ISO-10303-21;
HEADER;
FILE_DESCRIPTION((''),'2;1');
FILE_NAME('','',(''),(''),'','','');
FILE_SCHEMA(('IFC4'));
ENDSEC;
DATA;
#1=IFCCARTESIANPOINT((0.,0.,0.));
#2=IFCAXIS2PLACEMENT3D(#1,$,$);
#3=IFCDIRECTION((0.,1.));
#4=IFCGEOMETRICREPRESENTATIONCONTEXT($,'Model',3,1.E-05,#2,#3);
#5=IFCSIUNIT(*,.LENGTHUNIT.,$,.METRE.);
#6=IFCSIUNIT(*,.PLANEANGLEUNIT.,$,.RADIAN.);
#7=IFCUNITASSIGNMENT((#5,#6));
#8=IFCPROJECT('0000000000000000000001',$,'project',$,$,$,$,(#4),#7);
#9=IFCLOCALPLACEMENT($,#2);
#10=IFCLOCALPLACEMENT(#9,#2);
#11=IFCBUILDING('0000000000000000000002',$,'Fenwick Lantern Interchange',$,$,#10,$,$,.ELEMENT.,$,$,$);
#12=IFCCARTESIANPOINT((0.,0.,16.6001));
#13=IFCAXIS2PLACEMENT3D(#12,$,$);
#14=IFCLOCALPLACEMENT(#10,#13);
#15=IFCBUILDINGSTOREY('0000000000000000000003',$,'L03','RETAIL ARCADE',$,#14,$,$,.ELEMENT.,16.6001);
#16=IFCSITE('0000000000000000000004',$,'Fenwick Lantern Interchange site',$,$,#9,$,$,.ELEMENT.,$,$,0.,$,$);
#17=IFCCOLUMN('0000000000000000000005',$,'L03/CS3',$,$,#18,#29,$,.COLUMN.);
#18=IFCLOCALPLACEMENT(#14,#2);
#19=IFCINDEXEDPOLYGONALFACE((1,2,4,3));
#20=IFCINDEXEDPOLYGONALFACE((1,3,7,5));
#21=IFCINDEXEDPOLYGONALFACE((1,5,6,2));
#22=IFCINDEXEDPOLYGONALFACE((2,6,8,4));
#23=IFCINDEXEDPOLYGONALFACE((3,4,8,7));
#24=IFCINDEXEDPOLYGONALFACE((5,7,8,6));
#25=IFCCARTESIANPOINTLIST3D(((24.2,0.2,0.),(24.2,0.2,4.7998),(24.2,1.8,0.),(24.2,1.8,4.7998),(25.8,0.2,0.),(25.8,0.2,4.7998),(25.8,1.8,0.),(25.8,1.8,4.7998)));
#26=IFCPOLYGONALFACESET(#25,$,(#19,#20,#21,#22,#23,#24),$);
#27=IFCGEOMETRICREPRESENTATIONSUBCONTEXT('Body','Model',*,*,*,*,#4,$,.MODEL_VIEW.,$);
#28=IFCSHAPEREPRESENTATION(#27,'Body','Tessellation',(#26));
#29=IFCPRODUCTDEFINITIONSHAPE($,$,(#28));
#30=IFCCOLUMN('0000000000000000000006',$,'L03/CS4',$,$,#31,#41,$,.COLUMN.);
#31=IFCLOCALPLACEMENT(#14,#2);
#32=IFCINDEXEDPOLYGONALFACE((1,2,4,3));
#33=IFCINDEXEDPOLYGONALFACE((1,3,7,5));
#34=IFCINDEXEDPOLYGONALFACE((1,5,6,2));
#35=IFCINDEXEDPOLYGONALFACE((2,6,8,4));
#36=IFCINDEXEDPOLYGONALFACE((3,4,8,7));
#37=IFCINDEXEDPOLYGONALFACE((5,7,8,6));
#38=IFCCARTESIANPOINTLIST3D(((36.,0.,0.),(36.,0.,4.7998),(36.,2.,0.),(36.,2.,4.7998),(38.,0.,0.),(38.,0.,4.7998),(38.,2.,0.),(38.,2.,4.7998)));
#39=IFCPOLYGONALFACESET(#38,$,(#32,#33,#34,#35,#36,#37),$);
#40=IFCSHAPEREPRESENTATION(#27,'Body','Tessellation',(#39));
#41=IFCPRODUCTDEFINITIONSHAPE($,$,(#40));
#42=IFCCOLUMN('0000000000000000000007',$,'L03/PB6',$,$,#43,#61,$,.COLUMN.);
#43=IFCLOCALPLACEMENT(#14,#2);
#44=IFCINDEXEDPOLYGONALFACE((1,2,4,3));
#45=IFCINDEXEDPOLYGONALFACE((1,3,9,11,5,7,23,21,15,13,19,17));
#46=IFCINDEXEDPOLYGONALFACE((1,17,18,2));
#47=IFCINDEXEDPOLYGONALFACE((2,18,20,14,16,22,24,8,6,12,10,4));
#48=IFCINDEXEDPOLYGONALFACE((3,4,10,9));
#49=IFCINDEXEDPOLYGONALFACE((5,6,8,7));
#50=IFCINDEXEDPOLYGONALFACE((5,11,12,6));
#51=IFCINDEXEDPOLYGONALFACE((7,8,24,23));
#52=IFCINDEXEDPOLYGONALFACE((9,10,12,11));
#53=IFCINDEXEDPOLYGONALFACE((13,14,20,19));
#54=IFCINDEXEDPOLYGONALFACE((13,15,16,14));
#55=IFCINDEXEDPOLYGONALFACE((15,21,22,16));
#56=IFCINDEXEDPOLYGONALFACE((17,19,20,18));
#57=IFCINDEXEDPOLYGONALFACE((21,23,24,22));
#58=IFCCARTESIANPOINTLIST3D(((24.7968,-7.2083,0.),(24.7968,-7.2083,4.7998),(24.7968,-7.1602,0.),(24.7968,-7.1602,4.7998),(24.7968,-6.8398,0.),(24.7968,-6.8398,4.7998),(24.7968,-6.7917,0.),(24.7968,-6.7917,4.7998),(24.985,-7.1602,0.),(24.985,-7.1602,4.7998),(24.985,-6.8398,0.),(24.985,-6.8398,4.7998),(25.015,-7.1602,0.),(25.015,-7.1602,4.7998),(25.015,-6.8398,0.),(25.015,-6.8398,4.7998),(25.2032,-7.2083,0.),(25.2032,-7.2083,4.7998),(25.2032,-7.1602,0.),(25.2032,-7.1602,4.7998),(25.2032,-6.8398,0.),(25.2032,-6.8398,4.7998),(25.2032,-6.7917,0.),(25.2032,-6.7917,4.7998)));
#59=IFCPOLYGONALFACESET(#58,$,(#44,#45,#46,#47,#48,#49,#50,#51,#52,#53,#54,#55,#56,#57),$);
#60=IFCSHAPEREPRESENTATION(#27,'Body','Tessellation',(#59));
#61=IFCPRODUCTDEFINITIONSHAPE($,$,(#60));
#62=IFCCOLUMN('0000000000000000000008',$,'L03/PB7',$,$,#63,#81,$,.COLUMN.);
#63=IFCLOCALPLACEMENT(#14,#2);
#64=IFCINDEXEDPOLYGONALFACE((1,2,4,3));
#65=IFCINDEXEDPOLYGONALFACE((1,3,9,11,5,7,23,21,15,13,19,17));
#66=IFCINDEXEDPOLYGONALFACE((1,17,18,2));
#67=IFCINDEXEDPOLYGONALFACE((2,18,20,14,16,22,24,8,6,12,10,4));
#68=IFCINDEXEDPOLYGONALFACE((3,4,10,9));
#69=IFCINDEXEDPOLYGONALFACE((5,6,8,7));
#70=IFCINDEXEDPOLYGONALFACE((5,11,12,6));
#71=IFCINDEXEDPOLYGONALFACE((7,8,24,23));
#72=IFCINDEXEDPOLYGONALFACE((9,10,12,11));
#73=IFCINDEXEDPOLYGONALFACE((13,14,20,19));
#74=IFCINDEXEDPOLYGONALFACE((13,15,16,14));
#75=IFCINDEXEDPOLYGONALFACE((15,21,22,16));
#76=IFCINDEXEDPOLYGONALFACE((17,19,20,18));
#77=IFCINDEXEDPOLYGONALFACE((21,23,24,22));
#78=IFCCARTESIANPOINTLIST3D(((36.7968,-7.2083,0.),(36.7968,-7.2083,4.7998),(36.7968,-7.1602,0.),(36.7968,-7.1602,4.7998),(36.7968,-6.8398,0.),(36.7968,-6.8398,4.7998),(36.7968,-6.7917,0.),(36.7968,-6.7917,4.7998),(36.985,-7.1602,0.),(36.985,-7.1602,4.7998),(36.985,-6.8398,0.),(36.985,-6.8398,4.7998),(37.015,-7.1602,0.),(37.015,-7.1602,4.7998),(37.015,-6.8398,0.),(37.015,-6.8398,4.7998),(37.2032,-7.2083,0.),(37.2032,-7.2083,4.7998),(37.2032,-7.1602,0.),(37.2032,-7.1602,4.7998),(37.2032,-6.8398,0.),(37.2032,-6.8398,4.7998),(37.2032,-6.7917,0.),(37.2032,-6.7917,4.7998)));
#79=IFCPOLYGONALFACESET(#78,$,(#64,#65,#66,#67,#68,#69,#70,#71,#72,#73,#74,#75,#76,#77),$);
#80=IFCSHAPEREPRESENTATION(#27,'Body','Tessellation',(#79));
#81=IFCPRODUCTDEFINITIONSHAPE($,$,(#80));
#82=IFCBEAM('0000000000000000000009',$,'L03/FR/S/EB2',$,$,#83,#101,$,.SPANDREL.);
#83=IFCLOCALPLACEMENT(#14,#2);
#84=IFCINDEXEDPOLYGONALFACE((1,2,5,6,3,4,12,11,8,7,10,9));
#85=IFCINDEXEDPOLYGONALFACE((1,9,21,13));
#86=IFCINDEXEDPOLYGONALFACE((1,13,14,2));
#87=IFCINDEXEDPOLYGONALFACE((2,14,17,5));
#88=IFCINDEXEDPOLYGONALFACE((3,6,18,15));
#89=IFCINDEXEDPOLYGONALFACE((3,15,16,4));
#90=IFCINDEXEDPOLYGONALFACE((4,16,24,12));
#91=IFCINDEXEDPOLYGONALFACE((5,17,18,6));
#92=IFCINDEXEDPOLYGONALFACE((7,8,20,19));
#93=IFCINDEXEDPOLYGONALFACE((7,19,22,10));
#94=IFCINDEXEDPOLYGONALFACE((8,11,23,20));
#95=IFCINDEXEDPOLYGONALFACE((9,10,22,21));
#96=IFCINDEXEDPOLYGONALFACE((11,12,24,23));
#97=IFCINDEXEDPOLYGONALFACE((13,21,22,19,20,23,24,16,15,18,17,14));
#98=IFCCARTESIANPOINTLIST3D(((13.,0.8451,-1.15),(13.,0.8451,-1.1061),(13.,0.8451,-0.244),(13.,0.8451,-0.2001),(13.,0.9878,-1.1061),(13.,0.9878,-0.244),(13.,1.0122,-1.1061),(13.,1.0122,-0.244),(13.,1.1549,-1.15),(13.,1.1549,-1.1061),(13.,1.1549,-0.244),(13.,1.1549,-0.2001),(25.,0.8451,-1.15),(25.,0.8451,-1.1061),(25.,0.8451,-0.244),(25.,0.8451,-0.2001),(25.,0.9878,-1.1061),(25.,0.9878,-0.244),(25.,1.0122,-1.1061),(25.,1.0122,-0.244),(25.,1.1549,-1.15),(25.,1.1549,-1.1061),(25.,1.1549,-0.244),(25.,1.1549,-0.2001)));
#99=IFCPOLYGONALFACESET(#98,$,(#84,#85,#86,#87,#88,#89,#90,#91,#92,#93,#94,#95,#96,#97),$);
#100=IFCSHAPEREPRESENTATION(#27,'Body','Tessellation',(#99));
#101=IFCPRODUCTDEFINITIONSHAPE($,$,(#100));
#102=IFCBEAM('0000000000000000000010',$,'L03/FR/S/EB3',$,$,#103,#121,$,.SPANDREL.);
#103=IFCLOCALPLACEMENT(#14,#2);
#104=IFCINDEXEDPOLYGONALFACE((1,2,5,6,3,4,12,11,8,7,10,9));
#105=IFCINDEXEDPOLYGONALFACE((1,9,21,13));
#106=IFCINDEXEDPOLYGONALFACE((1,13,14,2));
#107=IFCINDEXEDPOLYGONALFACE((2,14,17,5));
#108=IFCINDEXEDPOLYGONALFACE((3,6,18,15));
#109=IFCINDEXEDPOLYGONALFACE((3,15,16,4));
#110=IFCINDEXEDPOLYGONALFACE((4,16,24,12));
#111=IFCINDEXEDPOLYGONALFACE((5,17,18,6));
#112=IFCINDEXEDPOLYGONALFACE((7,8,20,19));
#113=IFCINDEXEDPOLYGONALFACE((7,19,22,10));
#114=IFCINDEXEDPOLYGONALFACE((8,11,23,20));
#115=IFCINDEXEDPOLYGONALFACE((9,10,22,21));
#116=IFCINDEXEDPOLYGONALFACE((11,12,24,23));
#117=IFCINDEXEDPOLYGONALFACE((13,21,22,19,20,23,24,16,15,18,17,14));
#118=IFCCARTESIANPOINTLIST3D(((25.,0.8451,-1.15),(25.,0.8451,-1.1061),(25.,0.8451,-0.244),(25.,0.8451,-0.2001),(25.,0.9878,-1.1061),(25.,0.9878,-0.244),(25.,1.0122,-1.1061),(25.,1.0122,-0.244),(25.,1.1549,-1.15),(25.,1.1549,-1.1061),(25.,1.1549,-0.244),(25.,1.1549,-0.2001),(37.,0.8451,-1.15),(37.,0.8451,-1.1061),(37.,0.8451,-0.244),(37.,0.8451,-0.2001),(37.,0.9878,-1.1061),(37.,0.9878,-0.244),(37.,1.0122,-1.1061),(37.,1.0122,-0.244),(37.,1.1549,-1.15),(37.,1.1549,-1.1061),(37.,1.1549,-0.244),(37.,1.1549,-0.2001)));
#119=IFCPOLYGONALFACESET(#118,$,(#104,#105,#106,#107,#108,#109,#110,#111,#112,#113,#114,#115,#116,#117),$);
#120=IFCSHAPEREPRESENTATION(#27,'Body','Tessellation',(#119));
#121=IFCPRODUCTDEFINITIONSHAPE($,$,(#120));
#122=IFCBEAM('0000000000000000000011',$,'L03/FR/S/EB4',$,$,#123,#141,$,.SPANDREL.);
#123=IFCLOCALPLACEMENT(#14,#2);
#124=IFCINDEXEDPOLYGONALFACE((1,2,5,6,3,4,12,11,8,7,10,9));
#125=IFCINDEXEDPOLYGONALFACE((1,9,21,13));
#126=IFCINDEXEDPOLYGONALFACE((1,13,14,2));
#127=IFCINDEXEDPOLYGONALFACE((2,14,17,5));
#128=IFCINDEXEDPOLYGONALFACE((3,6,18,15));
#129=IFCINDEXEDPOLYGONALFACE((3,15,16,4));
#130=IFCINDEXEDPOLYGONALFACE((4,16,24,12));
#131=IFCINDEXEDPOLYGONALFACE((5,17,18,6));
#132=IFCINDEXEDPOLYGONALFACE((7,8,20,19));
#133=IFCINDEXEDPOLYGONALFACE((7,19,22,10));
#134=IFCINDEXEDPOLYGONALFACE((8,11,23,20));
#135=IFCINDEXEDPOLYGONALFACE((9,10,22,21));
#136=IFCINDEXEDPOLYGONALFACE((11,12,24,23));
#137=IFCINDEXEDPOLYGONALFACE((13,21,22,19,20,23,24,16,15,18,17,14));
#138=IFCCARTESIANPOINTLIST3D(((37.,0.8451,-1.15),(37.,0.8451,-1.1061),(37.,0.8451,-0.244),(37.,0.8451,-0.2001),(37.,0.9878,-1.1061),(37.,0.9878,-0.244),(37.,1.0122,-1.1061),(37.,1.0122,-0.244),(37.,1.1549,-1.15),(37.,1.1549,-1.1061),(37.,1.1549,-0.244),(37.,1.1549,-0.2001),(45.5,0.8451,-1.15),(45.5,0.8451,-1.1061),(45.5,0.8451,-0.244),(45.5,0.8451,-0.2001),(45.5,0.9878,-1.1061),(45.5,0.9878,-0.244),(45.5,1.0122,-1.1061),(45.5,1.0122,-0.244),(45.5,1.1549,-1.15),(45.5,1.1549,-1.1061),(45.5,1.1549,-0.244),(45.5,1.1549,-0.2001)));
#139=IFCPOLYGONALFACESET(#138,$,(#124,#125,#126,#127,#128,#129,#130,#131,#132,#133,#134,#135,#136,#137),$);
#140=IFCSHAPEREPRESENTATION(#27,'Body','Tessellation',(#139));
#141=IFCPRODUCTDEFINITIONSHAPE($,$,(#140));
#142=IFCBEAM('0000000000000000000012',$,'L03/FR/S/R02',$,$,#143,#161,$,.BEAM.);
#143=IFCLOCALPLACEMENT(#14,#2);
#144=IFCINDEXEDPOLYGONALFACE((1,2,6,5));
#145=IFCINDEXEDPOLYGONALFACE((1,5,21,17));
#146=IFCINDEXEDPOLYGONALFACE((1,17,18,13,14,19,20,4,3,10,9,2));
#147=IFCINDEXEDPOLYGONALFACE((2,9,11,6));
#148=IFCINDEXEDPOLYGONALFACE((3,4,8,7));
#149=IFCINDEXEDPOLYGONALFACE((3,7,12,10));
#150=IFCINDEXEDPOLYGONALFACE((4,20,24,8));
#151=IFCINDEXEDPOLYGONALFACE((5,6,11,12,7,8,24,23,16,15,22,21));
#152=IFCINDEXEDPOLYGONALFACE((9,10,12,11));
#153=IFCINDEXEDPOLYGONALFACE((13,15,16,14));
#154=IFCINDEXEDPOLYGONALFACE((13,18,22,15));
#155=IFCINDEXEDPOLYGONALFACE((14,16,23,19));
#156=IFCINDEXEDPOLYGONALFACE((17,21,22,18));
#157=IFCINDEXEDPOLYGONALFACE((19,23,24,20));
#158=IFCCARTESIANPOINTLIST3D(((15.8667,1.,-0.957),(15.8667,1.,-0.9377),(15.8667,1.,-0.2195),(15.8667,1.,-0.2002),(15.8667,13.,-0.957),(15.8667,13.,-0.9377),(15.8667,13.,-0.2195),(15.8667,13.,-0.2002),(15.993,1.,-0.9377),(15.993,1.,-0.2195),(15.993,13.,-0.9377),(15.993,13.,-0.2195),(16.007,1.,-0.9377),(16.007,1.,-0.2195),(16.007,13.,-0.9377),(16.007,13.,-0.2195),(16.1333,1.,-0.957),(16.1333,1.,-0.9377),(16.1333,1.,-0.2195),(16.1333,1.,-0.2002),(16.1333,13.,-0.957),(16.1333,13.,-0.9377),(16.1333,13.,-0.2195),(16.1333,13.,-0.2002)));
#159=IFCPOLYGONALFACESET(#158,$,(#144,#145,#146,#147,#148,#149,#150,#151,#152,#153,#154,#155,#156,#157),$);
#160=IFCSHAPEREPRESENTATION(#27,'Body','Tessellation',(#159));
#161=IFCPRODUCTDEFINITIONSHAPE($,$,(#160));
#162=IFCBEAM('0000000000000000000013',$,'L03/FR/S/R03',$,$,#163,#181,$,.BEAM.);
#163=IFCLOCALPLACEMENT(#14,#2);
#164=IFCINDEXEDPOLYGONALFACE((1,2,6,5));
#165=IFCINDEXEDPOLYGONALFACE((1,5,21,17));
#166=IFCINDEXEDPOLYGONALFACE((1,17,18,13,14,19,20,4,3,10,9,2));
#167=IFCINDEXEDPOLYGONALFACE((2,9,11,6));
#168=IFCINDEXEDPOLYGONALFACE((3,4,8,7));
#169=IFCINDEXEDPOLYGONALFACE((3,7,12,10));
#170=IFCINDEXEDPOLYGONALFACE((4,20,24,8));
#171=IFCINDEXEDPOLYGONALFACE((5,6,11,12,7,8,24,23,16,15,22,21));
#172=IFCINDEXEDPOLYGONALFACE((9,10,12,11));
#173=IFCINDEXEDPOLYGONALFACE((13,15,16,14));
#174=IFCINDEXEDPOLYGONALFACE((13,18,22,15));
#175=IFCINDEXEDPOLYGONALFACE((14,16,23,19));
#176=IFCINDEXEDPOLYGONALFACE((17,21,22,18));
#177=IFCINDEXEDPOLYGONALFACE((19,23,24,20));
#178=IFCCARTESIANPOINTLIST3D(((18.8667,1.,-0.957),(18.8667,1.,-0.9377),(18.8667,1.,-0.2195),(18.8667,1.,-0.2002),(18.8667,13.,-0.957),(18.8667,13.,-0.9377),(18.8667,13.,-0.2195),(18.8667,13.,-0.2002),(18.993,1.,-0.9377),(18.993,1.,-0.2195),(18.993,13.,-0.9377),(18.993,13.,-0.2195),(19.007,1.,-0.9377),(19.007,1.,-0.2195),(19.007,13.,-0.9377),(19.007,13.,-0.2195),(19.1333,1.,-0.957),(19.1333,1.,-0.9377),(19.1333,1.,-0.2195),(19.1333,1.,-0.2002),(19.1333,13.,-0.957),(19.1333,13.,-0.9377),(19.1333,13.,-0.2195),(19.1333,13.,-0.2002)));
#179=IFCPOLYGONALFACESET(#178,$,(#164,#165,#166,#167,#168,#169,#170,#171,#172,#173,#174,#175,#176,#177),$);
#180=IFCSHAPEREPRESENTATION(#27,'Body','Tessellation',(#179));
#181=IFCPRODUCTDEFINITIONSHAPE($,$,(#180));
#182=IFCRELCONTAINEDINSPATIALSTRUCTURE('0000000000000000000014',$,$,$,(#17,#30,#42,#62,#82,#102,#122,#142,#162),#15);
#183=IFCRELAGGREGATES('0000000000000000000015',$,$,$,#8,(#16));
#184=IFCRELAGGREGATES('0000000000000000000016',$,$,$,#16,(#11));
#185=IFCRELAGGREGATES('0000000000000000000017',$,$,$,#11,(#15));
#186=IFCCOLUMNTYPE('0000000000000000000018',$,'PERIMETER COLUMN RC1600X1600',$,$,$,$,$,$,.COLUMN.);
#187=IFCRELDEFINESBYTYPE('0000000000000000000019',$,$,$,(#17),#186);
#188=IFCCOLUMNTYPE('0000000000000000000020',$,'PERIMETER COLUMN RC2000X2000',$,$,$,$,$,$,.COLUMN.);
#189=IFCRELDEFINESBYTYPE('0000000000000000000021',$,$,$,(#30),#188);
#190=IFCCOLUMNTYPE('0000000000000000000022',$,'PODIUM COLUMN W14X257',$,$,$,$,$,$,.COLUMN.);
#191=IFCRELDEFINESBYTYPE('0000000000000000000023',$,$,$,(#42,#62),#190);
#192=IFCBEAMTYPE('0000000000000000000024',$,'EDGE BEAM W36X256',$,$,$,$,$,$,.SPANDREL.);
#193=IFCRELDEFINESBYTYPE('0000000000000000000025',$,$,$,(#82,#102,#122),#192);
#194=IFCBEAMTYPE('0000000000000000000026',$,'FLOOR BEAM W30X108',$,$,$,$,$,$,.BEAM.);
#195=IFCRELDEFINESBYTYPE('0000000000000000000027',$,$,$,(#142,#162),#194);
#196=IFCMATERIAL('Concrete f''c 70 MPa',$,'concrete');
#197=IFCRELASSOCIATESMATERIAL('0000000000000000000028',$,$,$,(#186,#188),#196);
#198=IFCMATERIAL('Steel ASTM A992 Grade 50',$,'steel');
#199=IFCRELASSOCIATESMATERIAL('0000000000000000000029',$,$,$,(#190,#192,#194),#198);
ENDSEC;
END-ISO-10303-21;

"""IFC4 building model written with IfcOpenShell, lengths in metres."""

from ifc_helpers import new_model, si_unit, direction, frame, origin, origin_2d, place, context, subcontext, project, spatial, rectangle, i_section, extrude, material, material_profile, profile_set, type_object, element, save


model = new_model("IFC4")

# Units and contexts
model_context = context("Model", 3, precision=1e-05, world=origin(), true_north=direction((0.0, 1.0)))
body_context = subcontext(model_context, "Body", "Model", "MODEL_VIEW")
ifc_project = project(units=[si_unit("LENGTHUNIT", "METRE"), si_unit("PLANEANGLEUNIT", "RADIAN")], contexts=[model_context])

# Site, building, storey
site_placement = place(None, origin())
site = spatial("IfcSite", under=ifc_project, at=site_placement, Name="Fenwick Lantern Interchange site", CompositionType="ELEMENT", RefElevation=0.0)
building_placement = place(site_placement, origin())
building = spatial("IfcBuilding", under=site, at=building_placement, Name="Fenwick Lantern Interchange", CompositionType="ELEMENT")
storey_placement = place(building_placement, frame((0.0, 0.0, 16.6001)))
storey = spatial("IfcBuildingStorey", under=building, at=storey_placement, Name="L03", Description="RETAIL ARCADE", CompositionType="ELEMENT", Elevation=16.6001)

# Columns
ifc_material_1 = material(Name="Concrete f'c 70 MPa", Category="concrete")
ifc_material_profile_1 = material_profile(ifc_material_1, rectangle(XDim=1.6001, YDim=1.6001, at=origin_2d()), Name="RC1600X1600")
ifc_profile_set_1 = profile_set([ifc_material_profile_1], Name="Concrete f'c 70 MPa")
column_type_1 = type_object("IfcColumnType", Name="PERIMETER COLUMN RC1600X1600", PredefinedType="COLUMN", material=ifc_profile_set_1)
column_1_placement = place(storey_placement, frame((25.0, 1.0, 0.0), z_axis=(0.0, 0.0, 1.0), x_axis=(1.0, 0.0, 0.0)))
element("IfcColumn", 1, at=column_1_placement, inside=storey, type_object=column_type_1, Name="L03/CS3", PredefinedType="COLUMN", context=body_context, shape_type="SweptSolid", body=[
    extrude(rectangle(XDim=1.6001, YDim=1.6001, at=origin_2d()), origin(), (0.0, 0.0, 1.0), 4.7998),
])
ifc_material_profile_2 = material_profile(ifc_material_1, rectangle(XDim=2.0, YDim=2.0, at=origin_2d()), Name="RC2000X2000")
ifc_profile_set_2 = profile_set([ifc_material_profile_2], Name="Concrete f'c 70 MPa")
column_type_2 = type_object("IfcColumnType", Name="PERIMETER COLUMN RC2000X2000", PredefinedType="COLUMN", material=ifc_profile_set_2)
column_2_placement = place(storey_placement, frame((37.0, 1.0, 0.0), z_axis=(0.0, 0.0, 1.0), x_axis=(1.0, 0.0, 0.0)))
element("IfcColumn", 2, at=column_2_placement, inside=storey, type_object=column_type_2, Name="L03/CS4", PredefinedType="COLUMN", context=body_context, shape_type="SweptSolid", body=[
    extrude(rectangle(XDim=2.0, YDim=2.0, at=origin_2d()), origin(), (0.0, 0.0, 1.0), 4.7998),
])
ifc_material_2 = material(Name="Steel ASTM A992 Grade 50", Category="steel")
ifc_material_profile_3 = material_profile(ifc_material_2, i_section(OverallWidth=0.4065, OverallDepth=0.4165, WebThickness=0.03, FlangeThickness=0.0481, at=origin_2d()), Name="W14X257")
ifc_profile_set_3 = profile_set([ifc_material_profile_3], Name="Steel ASTM A992 Grade 50")
column_type_3 = type_object("IfcColumnType", Name="PODIUM COLUMN W14X257", PredefinedType="COLUMN", material=ifc_profile_set_3)
for number, where, z_axis, x_axis, name in (
    (3, (25.0, -7.0, 0.0), (0.0, 0.0, 1.0), (1.0, 0.0, 0.0), "L03/PB6"),
    (4, (37.0, -7.0, 0.0), (0.0, 0.0, 1.0), (1.0, 0.0, 0.0), "L03/PB7"),
):
    element("IfcColumn", number, at=place(storey_placement, frame(where, z_axis=z_axis, x_axis=x_axis)), inside=storey, type_object=column_type_3, Name=name, PredefinedType="COLUMN", context=body_context, shape_type="SweptSolid", body=[
        extrude(i_section(OverallWidth=0.4065, OverallDepth=0.4165, WebThickness=0.03, FlangeThickness=0.0481, at=origin_2d()), origin(), (0.0, 0.0, 1.0), 4.7998),
    ])

# Beams
ifc_material_profile_4 = material_profile(ifc_material_2, i_section(OverallWidth=0.3098, OverallDepth=0.95, WebThickness=0.0244, FlangeThickness=0.0439, at=origin_2d()), Name="W36X256")
ifc_profile_set_4 = profile_set([ifc_material_profile_4], Name="Steel ASTM A992 Grade 50")
beam_type_1 = type_object("IfcBeamType", Name="EDGE BEAM W36X256", PredefinedType="SPANDREL", material=ifc_profile_set_4)
for number, where, z_axis, x_axis, name in (
    (5, (13.0, 1.0, -0.675), (1.0, 0.0, 0.0), (0.0, 1.0, 0.0), "L03/FR/S/EB2"),
    (6, (25.0, 1.0, -0.675), (1.0, 0.0, 0.0), (0.0, 1.0, 0.0), "L03/FR/S/EB3"),
):
    element("IfcBeam", number, at=place(storey_placement, frame(where, z_axis=z_axis, x_axis=x_axis)), inside=storey, type_object=beam_type_1, Name=name, PredefinedType="SPANDREL", context=body_context, shape_type="SweptSolid", body=[
        extrude(i_section(OverallWidth=0.3098, OverallDepth=0.95, WebThickness=0.0244, FlangeThickness=0.0439, at=origin_2d()), origin(), (0.0, 0.0, 1.0), 12.0),
    ])
beam_1_placement = place(storey_placement, frame((37.0, 1.0, -0.675), z_axis=(1.0, 0.0, 0.0), x_axis=(0.0, 1.0, 0.0)))
element("IfcBeam", 7, at=beam_1_placement, inside=storey, type_object=beam_type_1, Name="L03/FR/S/EB4", PredefinedType="SPANDREL", context=body_context, shape_type="SweptSolid", body=[
    extrude(i_section(OverallWidth=0.3098, OverallDepth=0.95, WebThickness=0.0244, FlangeThickness=0.0439, at=origin_2d()), origin(), (0.0, 0.0, 1.0), 8.5),
])
ifc_material_profile_5 = material_profile(ifc_material_2, i_section(OverallWidth=0.2666, OverallDepth=0.7568, WebThickness=0.0139, FlangeThickness=0.0193, at=origin_2d()), Name="W30X108")
ifc_profile_set_5 = profile_set([ifc_material_profile_5], Name="Steel ASTM A992 Grade 50")
beam_type_2 = type_object("IfcBeamType", Name="FLOOR BEAM W30X108", PredefinedType="BEAM", material=ifc_profile_set_5)
for number, where, z_axis, x_axis, name in (
    (8, (16.0, 1.0, -0.5786), (0.0, 1.0, 0.0), (-1.0, 0.0, 0.0), "L03/FR/S/R02"),
    (9, (19.0, 1.0, -0.5786), (0.0, 1.0, 0.0), (-1.0, 0.0, 0.0), "L03/FR/S/R03"),
):
    element("IfcBeam", number, at=place(storey_placement, frame(where, z_axis=z_axis, x_axis=x_axis)), inside=storey, type_object=beam_type_2, Name=name, PredefinedType="BEAM", context=body_context, shape_type="SweptSolid", body=[
        extrude(i_section(OverallWidth=0.2666, OverallDepth=0.7568, WebThickness=0.0139, FlangeThickness=0.0193, at=origin_2d()), origin(), (0.0, 0.0, 1.0), 12.0),
    ])

save(model, "model.ifc")
